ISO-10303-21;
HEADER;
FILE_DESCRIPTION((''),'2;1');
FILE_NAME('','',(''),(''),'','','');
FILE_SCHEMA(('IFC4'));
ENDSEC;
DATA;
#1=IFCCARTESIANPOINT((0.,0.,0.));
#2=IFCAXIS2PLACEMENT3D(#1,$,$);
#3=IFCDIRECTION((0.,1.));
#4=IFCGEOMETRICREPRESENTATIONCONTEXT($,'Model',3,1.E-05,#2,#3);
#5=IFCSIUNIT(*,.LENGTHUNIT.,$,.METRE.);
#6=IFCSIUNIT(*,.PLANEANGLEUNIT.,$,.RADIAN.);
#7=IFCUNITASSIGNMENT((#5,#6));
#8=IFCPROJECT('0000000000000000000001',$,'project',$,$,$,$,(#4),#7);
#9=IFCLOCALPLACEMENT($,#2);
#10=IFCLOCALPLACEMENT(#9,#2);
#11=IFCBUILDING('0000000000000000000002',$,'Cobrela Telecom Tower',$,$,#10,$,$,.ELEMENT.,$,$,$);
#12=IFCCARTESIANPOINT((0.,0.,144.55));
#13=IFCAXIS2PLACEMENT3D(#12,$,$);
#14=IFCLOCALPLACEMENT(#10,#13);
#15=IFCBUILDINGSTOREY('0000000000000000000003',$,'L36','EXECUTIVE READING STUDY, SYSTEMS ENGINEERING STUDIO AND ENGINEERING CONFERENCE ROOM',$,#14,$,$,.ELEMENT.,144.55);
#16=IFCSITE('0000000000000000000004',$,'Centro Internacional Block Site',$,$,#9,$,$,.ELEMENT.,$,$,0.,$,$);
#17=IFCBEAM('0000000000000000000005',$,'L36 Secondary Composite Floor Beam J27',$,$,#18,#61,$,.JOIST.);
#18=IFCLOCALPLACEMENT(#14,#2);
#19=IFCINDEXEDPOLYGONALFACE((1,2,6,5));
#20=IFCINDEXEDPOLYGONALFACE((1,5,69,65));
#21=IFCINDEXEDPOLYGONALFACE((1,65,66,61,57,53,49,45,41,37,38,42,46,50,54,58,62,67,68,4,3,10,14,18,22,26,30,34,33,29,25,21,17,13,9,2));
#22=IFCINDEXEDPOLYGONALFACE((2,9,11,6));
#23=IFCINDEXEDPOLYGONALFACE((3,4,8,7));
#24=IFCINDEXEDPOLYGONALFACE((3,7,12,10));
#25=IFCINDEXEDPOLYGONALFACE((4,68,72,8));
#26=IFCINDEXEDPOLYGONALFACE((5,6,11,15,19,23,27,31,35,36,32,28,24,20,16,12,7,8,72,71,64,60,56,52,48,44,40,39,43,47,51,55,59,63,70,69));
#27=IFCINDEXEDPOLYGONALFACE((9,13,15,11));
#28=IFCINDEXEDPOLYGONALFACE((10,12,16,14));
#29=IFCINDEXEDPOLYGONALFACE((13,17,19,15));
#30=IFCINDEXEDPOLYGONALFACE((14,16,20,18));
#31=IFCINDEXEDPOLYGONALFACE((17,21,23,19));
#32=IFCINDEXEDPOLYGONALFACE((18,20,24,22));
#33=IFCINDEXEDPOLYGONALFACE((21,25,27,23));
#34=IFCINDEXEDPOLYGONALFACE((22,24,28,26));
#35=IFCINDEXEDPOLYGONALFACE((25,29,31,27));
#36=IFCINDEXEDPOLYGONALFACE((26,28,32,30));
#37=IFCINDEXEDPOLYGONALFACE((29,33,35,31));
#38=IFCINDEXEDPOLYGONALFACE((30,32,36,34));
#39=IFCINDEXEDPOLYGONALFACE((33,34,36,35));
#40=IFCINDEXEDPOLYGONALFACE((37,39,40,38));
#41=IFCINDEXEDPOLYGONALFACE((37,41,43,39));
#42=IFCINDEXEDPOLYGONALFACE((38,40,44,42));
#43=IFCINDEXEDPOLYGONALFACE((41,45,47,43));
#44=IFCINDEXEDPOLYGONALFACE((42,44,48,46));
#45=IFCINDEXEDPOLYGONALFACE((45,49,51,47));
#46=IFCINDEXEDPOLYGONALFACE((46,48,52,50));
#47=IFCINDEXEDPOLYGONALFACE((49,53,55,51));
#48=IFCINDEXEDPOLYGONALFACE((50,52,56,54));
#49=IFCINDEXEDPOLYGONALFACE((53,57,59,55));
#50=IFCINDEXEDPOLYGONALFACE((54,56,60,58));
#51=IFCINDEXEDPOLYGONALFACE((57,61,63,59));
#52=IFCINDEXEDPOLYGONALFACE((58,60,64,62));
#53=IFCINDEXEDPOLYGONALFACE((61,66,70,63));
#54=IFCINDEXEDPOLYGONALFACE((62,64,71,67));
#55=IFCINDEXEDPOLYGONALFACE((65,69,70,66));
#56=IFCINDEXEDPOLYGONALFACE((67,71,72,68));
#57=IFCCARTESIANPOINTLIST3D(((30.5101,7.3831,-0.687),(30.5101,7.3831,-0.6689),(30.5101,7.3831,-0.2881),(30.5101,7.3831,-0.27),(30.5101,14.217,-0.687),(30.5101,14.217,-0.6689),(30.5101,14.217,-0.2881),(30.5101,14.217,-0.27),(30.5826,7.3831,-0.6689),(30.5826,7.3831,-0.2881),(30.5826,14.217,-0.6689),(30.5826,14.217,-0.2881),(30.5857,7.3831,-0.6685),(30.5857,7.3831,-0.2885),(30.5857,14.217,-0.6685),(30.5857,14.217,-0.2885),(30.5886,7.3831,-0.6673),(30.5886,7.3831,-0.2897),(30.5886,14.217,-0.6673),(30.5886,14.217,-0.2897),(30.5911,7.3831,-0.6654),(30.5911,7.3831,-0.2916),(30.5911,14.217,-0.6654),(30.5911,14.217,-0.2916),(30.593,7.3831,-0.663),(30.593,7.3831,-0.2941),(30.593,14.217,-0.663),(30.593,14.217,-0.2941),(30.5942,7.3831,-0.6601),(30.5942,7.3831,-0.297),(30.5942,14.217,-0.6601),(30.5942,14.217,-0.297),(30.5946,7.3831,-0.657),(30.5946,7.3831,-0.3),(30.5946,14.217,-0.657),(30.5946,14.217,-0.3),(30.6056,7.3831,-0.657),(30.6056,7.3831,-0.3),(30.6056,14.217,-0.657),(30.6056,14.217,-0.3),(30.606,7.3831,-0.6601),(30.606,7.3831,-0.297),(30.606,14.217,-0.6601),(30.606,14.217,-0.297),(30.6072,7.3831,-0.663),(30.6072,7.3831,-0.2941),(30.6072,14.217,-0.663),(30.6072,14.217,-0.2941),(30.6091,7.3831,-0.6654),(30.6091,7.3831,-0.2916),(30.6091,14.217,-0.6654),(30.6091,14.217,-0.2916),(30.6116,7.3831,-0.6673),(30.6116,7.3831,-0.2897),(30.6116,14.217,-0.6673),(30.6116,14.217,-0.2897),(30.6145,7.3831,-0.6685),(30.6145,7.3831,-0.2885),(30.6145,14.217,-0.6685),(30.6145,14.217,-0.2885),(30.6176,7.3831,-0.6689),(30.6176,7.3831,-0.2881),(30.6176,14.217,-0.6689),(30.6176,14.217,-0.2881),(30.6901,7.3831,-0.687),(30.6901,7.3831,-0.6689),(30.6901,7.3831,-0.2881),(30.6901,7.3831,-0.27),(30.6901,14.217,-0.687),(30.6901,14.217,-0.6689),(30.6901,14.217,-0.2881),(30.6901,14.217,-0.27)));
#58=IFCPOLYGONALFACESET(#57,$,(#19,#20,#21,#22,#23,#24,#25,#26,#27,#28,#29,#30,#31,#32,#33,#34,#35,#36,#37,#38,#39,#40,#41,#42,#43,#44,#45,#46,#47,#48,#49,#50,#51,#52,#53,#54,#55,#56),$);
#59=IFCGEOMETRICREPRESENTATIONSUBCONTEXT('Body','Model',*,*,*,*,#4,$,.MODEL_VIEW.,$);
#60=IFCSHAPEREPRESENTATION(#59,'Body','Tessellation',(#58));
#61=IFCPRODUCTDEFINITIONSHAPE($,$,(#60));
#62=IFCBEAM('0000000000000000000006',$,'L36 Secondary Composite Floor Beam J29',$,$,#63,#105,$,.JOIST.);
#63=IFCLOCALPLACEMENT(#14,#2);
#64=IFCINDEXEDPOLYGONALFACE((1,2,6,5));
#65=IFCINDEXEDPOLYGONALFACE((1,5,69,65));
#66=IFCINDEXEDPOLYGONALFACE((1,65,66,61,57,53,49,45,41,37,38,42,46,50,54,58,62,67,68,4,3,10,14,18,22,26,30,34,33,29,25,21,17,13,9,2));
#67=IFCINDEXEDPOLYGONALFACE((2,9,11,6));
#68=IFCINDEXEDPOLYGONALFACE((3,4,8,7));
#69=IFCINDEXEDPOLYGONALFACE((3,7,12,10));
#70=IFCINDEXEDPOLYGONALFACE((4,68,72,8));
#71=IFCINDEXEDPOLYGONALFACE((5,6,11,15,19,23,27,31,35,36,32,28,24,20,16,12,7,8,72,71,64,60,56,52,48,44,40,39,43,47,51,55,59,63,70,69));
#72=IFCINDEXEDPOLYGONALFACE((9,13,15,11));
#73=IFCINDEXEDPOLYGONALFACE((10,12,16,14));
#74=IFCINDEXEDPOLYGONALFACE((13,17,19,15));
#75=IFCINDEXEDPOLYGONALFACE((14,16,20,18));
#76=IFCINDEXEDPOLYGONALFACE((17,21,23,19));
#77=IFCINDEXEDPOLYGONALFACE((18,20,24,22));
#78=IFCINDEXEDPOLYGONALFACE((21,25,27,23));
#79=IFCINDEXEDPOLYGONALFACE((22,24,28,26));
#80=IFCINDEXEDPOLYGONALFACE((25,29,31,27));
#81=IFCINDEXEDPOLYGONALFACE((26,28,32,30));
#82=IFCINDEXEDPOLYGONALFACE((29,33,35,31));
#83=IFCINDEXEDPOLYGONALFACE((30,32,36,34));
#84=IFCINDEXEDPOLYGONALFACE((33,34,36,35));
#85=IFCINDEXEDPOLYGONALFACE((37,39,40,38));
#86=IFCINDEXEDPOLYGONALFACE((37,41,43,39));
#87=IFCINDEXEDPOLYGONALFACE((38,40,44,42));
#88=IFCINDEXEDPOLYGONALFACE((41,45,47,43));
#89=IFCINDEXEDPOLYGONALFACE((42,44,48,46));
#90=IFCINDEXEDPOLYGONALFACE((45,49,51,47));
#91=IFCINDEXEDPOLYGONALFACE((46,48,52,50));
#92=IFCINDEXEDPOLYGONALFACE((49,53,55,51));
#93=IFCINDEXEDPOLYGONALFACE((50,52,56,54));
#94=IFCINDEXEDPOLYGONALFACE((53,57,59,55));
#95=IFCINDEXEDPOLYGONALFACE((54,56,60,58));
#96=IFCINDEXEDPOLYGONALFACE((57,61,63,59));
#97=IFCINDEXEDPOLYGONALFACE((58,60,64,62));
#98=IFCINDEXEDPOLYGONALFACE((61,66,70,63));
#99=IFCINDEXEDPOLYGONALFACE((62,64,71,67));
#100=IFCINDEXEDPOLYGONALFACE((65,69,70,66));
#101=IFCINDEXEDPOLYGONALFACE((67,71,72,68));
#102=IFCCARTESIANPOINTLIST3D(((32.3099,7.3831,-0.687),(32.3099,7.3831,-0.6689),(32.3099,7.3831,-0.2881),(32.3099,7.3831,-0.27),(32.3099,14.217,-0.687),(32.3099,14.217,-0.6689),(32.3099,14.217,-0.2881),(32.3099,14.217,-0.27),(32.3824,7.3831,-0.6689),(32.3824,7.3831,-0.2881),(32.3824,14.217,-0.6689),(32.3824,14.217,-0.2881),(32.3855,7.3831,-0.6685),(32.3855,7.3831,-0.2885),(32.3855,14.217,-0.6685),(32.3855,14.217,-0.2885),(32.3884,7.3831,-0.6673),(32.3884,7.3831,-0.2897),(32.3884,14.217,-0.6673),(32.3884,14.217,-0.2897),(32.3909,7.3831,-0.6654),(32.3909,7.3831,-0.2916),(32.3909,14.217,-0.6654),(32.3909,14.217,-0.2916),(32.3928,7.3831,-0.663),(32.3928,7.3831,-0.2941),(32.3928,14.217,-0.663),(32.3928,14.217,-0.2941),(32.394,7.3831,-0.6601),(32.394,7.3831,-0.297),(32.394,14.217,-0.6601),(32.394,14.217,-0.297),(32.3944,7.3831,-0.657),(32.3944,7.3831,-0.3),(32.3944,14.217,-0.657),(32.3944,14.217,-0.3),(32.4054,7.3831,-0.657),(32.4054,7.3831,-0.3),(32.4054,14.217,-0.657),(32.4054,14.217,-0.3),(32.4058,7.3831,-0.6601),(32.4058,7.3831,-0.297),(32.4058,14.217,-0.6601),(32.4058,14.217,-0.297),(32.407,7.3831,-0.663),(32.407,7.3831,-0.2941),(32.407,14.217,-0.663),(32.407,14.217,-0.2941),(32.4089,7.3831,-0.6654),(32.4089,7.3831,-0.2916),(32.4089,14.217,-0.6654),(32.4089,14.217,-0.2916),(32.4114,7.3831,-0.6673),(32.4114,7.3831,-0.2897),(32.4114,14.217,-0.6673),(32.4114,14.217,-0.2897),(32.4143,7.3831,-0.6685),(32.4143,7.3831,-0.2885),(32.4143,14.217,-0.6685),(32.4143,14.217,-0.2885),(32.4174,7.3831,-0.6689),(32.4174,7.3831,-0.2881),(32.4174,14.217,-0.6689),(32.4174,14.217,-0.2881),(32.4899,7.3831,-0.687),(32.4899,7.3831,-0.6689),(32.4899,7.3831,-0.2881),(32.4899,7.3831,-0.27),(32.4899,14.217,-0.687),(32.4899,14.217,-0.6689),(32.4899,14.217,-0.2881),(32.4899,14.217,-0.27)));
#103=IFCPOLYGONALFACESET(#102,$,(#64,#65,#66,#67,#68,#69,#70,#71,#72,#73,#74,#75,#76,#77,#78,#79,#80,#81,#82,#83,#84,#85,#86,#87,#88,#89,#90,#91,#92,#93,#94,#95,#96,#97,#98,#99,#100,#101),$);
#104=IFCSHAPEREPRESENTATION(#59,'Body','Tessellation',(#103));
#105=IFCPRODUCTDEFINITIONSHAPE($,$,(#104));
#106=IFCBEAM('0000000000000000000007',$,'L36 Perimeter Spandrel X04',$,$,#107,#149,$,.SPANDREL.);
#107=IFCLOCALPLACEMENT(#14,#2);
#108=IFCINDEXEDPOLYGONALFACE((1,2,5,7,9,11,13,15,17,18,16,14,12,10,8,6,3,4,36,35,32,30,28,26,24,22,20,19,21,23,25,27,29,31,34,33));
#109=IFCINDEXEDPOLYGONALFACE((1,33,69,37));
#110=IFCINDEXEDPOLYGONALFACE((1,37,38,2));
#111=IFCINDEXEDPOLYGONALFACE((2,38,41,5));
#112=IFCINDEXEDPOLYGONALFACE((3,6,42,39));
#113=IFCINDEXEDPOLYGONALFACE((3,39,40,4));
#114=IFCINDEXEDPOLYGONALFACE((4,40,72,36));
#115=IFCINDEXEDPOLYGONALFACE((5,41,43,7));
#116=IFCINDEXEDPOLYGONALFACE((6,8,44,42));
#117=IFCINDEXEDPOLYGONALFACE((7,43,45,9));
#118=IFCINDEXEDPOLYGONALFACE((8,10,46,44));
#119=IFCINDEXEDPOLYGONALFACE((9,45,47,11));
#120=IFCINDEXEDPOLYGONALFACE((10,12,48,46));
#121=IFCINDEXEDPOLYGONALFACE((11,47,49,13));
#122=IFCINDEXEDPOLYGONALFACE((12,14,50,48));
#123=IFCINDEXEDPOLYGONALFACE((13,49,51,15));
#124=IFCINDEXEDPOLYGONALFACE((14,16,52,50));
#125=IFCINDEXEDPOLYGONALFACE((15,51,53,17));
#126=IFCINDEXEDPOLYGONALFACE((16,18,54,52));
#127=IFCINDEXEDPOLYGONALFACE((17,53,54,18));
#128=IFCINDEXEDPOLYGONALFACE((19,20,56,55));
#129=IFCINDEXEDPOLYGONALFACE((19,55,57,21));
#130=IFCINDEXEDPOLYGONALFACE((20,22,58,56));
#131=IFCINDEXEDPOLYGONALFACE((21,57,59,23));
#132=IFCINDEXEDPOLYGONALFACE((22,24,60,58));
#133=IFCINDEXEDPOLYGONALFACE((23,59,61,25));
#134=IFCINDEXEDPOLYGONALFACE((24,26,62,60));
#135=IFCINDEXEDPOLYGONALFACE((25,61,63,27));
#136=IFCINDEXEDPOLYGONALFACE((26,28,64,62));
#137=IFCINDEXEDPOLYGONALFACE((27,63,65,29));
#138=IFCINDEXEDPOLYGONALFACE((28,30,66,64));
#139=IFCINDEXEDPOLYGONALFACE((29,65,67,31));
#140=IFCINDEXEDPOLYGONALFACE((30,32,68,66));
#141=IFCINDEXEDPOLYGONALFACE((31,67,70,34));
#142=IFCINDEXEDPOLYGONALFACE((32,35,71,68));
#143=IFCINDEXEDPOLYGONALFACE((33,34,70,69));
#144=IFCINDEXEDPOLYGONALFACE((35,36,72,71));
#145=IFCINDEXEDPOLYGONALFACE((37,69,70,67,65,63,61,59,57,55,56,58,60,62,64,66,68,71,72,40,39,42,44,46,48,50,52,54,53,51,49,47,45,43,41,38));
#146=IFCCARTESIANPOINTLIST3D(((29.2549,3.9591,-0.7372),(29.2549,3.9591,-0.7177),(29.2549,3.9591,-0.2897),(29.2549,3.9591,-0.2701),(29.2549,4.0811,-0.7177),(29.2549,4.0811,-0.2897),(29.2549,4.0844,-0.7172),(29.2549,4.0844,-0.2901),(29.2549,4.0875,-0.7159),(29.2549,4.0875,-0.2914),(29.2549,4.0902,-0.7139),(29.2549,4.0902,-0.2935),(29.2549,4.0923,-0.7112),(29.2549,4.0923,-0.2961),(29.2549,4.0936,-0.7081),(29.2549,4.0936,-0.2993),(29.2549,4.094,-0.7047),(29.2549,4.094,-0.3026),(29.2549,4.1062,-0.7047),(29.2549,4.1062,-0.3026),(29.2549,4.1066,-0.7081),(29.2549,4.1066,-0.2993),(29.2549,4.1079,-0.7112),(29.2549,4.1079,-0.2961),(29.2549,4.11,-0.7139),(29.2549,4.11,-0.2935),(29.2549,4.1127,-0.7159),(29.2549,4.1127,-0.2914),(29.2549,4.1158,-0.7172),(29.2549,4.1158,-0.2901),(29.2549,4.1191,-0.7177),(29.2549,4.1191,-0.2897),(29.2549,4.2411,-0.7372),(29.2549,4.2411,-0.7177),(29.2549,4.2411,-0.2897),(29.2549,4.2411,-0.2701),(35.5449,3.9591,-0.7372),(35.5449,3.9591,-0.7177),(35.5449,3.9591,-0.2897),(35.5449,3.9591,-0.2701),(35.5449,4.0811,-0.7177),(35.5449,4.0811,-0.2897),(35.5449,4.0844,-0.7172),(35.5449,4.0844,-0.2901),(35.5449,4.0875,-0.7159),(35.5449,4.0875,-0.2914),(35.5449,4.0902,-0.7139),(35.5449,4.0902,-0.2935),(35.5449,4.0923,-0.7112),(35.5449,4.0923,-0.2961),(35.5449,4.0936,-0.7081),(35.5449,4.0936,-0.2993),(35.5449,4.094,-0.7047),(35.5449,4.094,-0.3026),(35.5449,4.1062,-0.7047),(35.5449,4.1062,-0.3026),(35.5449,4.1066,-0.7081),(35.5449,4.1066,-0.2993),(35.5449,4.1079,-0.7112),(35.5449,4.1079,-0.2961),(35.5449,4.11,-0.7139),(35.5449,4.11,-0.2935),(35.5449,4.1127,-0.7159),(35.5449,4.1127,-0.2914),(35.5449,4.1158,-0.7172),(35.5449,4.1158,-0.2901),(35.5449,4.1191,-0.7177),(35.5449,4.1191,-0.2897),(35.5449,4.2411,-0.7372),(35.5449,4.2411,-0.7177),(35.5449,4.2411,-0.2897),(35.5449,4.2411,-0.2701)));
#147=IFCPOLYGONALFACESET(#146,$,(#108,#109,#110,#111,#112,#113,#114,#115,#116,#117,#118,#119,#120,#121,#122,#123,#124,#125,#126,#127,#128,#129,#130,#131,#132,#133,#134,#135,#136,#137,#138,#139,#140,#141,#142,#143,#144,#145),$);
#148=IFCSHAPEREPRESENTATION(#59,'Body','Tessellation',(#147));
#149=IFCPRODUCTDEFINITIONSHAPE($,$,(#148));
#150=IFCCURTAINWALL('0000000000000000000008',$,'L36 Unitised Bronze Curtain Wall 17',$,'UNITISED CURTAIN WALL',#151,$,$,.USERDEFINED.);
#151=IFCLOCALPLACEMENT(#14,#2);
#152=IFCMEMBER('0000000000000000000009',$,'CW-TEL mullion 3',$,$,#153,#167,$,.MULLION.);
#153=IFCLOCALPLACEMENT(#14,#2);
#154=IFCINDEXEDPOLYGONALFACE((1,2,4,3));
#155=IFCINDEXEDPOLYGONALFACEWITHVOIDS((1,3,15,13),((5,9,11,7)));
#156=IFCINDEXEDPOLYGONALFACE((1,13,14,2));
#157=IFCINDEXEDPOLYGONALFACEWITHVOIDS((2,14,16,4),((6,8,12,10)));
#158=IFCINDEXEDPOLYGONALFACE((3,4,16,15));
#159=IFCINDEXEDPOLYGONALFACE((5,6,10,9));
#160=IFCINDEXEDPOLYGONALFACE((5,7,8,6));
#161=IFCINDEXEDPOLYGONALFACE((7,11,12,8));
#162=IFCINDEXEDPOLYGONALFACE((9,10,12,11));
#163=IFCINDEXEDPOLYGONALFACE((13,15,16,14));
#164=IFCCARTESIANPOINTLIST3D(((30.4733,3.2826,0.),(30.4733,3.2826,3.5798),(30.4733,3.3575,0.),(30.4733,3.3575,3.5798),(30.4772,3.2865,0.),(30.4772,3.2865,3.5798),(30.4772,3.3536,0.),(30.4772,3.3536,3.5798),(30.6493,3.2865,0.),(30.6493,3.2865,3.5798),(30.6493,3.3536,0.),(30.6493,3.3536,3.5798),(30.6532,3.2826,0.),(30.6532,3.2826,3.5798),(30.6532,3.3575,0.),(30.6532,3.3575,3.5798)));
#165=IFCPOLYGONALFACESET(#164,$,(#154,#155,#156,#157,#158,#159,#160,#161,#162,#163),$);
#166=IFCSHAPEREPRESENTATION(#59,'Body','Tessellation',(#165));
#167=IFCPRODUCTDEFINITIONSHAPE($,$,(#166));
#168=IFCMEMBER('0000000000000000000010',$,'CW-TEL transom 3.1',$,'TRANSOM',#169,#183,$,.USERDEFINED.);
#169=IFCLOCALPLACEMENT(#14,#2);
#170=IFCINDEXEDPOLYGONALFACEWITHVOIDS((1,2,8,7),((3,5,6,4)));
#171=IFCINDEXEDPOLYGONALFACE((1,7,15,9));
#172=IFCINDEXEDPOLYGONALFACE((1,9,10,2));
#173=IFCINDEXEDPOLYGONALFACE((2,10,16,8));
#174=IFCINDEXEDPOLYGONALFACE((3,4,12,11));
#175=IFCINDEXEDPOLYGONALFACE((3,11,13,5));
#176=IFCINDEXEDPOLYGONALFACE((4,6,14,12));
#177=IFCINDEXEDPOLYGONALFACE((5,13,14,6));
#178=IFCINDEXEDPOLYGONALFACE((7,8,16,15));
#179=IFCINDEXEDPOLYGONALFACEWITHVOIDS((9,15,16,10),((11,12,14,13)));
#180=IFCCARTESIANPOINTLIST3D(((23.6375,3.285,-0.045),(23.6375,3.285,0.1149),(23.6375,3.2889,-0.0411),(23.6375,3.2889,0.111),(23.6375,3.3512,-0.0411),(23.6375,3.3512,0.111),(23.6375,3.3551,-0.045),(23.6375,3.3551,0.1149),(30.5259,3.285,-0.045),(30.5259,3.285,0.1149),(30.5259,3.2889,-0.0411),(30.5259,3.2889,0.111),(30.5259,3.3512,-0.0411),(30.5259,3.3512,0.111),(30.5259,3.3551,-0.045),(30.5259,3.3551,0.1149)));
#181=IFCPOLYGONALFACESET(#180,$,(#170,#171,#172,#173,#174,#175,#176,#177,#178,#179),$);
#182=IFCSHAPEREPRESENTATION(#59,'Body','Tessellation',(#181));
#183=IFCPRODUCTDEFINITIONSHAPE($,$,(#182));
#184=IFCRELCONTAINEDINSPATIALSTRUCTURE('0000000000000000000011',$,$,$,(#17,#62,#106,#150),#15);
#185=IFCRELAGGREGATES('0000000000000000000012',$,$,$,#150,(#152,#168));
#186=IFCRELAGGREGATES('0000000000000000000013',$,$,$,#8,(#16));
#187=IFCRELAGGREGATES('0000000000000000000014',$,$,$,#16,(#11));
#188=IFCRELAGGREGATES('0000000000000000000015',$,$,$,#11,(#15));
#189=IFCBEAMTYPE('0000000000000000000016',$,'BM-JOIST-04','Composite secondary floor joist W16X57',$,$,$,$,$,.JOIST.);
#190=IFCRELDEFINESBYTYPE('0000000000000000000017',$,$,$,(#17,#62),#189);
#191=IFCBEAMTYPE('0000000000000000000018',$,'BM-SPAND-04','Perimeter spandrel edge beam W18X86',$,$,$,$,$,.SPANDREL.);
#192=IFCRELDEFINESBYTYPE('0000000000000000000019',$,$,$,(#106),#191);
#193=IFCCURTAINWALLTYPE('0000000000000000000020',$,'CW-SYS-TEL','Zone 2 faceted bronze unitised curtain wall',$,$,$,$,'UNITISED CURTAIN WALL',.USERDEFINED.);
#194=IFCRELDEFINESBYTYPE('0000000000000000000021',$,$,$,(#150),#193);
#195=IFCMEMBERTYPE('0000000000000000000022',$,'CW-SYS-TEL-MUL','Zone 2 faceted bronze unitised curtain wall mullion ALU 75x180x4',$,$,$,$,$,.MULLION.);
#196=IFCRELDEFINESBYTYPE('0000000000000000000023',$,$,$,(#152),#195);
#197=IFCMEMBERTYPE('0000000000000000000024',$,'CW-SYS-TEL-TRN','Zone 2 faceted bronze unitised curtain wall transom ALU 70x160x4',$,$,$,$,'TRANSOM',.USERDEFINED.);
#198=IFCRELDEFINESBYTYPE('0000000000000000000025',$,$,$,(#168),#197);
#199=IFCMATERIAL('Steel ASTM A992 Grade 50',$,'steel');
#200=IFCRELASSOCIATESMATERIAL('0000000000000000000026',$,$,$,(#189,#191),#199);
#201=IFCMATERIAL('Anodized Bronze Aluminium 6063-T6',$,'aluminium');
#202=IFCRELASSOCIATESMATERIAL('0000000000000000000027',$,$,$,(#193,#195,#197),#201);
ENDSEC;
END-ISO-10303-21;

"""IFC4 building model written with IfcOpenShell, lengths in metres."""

from ifc_helpers import new_model, si_unit, direction, frame, origin, origin_2d, place, context, subcontext, project, spatial, hollow_rectangle, i_section, extrude, material, material_profile, profile_set, type_object, element, aggregate, save


model = new_model("IFC4")

# Units and contexts
model_context = context("Model", 3, precision=1e-05, world=origin(), true_north=direction((0.0, 1.0)))
body_context = subcontext(model_context, "Body", "Model", "MODEL_VIEW")
ifc_project = project(units=[si_unit("LENGTHUNIT", "METRE"), si_unit("PLANEANGLEUNIT", "RADIAN")], contexts=[model_context])

# Site, building, storey
site_placement = place(None, origin())
site = spatial("IfcSite", under=ifc_project, at=site_placement, Name="Centro Internacional Block Site", CompositionType="ELEMENT", RefElevation=0.0)
building_placement = place(site_placement, origin())
building = spatial("IfcBuilding", under=site, at=building_placement, Name="Cobrela Telecom Tower", CompositionType="ELEMENT")
storey_placement = place(building_placement, frame((0.0, 0.0, 144.55)))
storey = spatial("IfcBuildingStorey", under=building, at=storey_placement, Name="L36", Description="EXECUTIVE READING STUDY, SYSTEMS ENGINEERING STUDIO AND ENGINEERING CONFERENCE ROOM", CompositionType="ELEMENT", Elevation=144.55)

# Shared definitions
ifc_material_1 = material(Name="Steel ASTM A992 Grade 50", Category="steel")

# Beams
ifc_material_profile_1 = material_profile(ifc_material_1, i_section(OverallWidth=0.1799, OverallDepth=0.417, WebThickness=0.011, FlangeThickness=0.0181, FilletRadius=0.012, at=origin_2d()), Name="W16X57")
ifc_profile_set_1 = profile_set([ifc_material_profile_1], Name="Steel ASTM A992 Grade 50")
beam_type_1 = type_object("IfcBeamType", Name="BM-JOIST-04", Description="Composite secondary floor joist W16X57", PredefinedType="JOIST", material=ifc_profile_set_1)
for number, where, z_axis, x_axis, name in (
    (1, (30.6001, 7.3831, -0.4785), (0.0, 1.0, 0.0), (-1.0, 0.0, 0.0), "L36 Secondary Composite Floor Beam J27"),
    (2, (32.3999, 7.3831, -0.4785), (0.0, 1.0, 0.0), (-1.0, 0.0, 0.0), "L36 Secondary Composite Floor Beam J29"),
):
    element("IfcBeam", number, at=place(storey_placement, frame(where, z_axis=z_axis, x_axis=x_axis)), inside=storey, type_object=beam_type_1, Name=name, PredefinedType="JOIST", context=body_context, shape_type="SweptSolid", body=[
        extrude(i_section(OverallWidth=0.1799, OverallDepth=0.417, WebThickness=0.011, FlangeThickness=0.0181, FilletRadius=0.012, at=origin_2d()), origin(), (0.0, 0.0, 1.0), 6.834),
    ])
ifc_material_profile_2 = material_profile(ifc_material_1, i_section(OverallWidth=0.282, OverallDepth=0.467, WebThickness=0.0122, FlangeThickness=0.0195, FilletRadius=0.0129, at=origin_2d()), Name="W18X86")
ifc_profile_set_2 = profile_set([ifc_material_profile_2], Name="Steel ASTM A992 Grade 50")
beam_type_2 = type_object("IfcBeamType", Name="BM-SPAND-04", Description="Perimeter spandrel edge beam W18X86", PredefinedType="SPANDREL", material=ifc_profile_set_2)
beam_1_placement = place(storey_placement, frame((29.2549, 4.1001, -0.5037), z_axis=(1.0, 0.0, 0.0), x_axis=(0.0, 1.0, 0.0)))
element("IfcBeam", 3, at=beam_1_placement, inside=storey, type_object=beam_type_2, Name="L36 Perimeter Spandrel X04", PredefinedType="SPANDREL", context=body_context, shape_type="SweptSolid", body=[
    extrude(i_section(OverallWidth=0.282, OverallDepth=0.467, WebThickness=0.0122, FlangeThickness=0.0195, FilletRadius=0.0129, at=origin_2d()), origin(), (0.0, 0.0, 1.0), 6.29),
])

# Curtain wall, members
ifc_material_2 = material(Name="Anodized Bronze Aluminium 6063-T6", Category="aluminium")
curtain_wall_type = type_object("IfcCurtainWallType", Name="CW-SYS-TEL", Description="Zone 2 faceted bronze unitised curtain wall", ElementType="UNITISED CURTAIN WALL", PredefinedType="USERDEFINED", material=ifc_material_2)
curtain_wall_placement = place(storey_placement, origin())
curtain_wall = element("IfcCurtainWall", 4, at=curtain_wall_placement, inside=storey, type_object=curtain_wall_type, Name="L36 Unitised Bronze Curtain Wall 17", ObjectType="UNITISED CURTAIN WALL", PredefinedType="USERDEFINED")
ifc_material_profile_3 = material_profile(ifc_material_2, hollow_rectangle(XDim=0.075, YDim=0.1799, WallThickness=0.0039, at=origin_2d()), Name="ALU 75x180x4")
ifc_profile_set_3 = profile_set([ifc_material_profile_3], Name="Anodized Bronze Aluminium 6063-T6")
member_type_1 = type_object("IfcMemberType", Name="CW-SYS-TEL-MUL", Description="Zone 2 faceted bronze unitised curtain wall mullion ALU 75x180x4", PredefinedType="MULLION", material=ifc_profile_set_3)
member_1_placement = place(storey_placement, frame((30.5632, 3.3201, 0.0), z_axis=(0.0, 0.0, 1.0), x_axis=(0.0, -1.0, 0.0)))
member_1 = element("IfcMember", 5, at=member_1_placement, type_object=member_type_1, Name="CW-TEL mullion 3", PredefinedType="MULLION", context=body_context, shape_type="SweptSolid", body=[
    extrude(hollow_rectangle(XDim=0.075, YDim=0.1799, WallThickness=0.0039, at=origin_2d()), origin(), (0.0, 0.0, 1.0), 3.5798),
])
ifc_material_profile_4 = material_profile(ifc_material_2, hollow_rectangle(XDim=0.0701, YDim=0.1599, WallThickness=0.0039, at=origin_2d()), Name="ALU 70x160x4")
ifc_profile_set_4 = profile_set([ifc_material_profile_4], Name="Anodized Bronze Aluminium 6063-T6")
member_type_2 = type_object("IfcMemberType", Name="CW-SYS-TEL-TRN", Description="Zone 2 faceted bronze unitised curtain wall transom ALU 70x160x4", ElementType="TRANSOM", PredefinedType="USERDEFINED", material=ifc_profile_set_4)
member_2_placement = place(storey_placement, frame((30.5259, 3.3201, 0.0349), z_axis=(-1.0, 0.0, 0.0), x_axis=(0.0, -1.0, 0.0)))
member_2 = element("IfcMember", 6, at=member_2_placement, type_object=member_type_2, Name="CW-TEL transom 3.1", ObjectType="TRANSOM", PredefinedType="USERDEFINED", context=body_context, shape_type="SweptSolid", body=[
    extrude(hollow_rectangle(XDim=0.0701, YDim=0.1599, WallThickness=0.0039, at=origin_2d()), origin(), (0.0, 0.0, 1.0), 6.8884),
])
aggregate(curtain_wall, [member_1, member_2])

save(model, "model.ifc")
